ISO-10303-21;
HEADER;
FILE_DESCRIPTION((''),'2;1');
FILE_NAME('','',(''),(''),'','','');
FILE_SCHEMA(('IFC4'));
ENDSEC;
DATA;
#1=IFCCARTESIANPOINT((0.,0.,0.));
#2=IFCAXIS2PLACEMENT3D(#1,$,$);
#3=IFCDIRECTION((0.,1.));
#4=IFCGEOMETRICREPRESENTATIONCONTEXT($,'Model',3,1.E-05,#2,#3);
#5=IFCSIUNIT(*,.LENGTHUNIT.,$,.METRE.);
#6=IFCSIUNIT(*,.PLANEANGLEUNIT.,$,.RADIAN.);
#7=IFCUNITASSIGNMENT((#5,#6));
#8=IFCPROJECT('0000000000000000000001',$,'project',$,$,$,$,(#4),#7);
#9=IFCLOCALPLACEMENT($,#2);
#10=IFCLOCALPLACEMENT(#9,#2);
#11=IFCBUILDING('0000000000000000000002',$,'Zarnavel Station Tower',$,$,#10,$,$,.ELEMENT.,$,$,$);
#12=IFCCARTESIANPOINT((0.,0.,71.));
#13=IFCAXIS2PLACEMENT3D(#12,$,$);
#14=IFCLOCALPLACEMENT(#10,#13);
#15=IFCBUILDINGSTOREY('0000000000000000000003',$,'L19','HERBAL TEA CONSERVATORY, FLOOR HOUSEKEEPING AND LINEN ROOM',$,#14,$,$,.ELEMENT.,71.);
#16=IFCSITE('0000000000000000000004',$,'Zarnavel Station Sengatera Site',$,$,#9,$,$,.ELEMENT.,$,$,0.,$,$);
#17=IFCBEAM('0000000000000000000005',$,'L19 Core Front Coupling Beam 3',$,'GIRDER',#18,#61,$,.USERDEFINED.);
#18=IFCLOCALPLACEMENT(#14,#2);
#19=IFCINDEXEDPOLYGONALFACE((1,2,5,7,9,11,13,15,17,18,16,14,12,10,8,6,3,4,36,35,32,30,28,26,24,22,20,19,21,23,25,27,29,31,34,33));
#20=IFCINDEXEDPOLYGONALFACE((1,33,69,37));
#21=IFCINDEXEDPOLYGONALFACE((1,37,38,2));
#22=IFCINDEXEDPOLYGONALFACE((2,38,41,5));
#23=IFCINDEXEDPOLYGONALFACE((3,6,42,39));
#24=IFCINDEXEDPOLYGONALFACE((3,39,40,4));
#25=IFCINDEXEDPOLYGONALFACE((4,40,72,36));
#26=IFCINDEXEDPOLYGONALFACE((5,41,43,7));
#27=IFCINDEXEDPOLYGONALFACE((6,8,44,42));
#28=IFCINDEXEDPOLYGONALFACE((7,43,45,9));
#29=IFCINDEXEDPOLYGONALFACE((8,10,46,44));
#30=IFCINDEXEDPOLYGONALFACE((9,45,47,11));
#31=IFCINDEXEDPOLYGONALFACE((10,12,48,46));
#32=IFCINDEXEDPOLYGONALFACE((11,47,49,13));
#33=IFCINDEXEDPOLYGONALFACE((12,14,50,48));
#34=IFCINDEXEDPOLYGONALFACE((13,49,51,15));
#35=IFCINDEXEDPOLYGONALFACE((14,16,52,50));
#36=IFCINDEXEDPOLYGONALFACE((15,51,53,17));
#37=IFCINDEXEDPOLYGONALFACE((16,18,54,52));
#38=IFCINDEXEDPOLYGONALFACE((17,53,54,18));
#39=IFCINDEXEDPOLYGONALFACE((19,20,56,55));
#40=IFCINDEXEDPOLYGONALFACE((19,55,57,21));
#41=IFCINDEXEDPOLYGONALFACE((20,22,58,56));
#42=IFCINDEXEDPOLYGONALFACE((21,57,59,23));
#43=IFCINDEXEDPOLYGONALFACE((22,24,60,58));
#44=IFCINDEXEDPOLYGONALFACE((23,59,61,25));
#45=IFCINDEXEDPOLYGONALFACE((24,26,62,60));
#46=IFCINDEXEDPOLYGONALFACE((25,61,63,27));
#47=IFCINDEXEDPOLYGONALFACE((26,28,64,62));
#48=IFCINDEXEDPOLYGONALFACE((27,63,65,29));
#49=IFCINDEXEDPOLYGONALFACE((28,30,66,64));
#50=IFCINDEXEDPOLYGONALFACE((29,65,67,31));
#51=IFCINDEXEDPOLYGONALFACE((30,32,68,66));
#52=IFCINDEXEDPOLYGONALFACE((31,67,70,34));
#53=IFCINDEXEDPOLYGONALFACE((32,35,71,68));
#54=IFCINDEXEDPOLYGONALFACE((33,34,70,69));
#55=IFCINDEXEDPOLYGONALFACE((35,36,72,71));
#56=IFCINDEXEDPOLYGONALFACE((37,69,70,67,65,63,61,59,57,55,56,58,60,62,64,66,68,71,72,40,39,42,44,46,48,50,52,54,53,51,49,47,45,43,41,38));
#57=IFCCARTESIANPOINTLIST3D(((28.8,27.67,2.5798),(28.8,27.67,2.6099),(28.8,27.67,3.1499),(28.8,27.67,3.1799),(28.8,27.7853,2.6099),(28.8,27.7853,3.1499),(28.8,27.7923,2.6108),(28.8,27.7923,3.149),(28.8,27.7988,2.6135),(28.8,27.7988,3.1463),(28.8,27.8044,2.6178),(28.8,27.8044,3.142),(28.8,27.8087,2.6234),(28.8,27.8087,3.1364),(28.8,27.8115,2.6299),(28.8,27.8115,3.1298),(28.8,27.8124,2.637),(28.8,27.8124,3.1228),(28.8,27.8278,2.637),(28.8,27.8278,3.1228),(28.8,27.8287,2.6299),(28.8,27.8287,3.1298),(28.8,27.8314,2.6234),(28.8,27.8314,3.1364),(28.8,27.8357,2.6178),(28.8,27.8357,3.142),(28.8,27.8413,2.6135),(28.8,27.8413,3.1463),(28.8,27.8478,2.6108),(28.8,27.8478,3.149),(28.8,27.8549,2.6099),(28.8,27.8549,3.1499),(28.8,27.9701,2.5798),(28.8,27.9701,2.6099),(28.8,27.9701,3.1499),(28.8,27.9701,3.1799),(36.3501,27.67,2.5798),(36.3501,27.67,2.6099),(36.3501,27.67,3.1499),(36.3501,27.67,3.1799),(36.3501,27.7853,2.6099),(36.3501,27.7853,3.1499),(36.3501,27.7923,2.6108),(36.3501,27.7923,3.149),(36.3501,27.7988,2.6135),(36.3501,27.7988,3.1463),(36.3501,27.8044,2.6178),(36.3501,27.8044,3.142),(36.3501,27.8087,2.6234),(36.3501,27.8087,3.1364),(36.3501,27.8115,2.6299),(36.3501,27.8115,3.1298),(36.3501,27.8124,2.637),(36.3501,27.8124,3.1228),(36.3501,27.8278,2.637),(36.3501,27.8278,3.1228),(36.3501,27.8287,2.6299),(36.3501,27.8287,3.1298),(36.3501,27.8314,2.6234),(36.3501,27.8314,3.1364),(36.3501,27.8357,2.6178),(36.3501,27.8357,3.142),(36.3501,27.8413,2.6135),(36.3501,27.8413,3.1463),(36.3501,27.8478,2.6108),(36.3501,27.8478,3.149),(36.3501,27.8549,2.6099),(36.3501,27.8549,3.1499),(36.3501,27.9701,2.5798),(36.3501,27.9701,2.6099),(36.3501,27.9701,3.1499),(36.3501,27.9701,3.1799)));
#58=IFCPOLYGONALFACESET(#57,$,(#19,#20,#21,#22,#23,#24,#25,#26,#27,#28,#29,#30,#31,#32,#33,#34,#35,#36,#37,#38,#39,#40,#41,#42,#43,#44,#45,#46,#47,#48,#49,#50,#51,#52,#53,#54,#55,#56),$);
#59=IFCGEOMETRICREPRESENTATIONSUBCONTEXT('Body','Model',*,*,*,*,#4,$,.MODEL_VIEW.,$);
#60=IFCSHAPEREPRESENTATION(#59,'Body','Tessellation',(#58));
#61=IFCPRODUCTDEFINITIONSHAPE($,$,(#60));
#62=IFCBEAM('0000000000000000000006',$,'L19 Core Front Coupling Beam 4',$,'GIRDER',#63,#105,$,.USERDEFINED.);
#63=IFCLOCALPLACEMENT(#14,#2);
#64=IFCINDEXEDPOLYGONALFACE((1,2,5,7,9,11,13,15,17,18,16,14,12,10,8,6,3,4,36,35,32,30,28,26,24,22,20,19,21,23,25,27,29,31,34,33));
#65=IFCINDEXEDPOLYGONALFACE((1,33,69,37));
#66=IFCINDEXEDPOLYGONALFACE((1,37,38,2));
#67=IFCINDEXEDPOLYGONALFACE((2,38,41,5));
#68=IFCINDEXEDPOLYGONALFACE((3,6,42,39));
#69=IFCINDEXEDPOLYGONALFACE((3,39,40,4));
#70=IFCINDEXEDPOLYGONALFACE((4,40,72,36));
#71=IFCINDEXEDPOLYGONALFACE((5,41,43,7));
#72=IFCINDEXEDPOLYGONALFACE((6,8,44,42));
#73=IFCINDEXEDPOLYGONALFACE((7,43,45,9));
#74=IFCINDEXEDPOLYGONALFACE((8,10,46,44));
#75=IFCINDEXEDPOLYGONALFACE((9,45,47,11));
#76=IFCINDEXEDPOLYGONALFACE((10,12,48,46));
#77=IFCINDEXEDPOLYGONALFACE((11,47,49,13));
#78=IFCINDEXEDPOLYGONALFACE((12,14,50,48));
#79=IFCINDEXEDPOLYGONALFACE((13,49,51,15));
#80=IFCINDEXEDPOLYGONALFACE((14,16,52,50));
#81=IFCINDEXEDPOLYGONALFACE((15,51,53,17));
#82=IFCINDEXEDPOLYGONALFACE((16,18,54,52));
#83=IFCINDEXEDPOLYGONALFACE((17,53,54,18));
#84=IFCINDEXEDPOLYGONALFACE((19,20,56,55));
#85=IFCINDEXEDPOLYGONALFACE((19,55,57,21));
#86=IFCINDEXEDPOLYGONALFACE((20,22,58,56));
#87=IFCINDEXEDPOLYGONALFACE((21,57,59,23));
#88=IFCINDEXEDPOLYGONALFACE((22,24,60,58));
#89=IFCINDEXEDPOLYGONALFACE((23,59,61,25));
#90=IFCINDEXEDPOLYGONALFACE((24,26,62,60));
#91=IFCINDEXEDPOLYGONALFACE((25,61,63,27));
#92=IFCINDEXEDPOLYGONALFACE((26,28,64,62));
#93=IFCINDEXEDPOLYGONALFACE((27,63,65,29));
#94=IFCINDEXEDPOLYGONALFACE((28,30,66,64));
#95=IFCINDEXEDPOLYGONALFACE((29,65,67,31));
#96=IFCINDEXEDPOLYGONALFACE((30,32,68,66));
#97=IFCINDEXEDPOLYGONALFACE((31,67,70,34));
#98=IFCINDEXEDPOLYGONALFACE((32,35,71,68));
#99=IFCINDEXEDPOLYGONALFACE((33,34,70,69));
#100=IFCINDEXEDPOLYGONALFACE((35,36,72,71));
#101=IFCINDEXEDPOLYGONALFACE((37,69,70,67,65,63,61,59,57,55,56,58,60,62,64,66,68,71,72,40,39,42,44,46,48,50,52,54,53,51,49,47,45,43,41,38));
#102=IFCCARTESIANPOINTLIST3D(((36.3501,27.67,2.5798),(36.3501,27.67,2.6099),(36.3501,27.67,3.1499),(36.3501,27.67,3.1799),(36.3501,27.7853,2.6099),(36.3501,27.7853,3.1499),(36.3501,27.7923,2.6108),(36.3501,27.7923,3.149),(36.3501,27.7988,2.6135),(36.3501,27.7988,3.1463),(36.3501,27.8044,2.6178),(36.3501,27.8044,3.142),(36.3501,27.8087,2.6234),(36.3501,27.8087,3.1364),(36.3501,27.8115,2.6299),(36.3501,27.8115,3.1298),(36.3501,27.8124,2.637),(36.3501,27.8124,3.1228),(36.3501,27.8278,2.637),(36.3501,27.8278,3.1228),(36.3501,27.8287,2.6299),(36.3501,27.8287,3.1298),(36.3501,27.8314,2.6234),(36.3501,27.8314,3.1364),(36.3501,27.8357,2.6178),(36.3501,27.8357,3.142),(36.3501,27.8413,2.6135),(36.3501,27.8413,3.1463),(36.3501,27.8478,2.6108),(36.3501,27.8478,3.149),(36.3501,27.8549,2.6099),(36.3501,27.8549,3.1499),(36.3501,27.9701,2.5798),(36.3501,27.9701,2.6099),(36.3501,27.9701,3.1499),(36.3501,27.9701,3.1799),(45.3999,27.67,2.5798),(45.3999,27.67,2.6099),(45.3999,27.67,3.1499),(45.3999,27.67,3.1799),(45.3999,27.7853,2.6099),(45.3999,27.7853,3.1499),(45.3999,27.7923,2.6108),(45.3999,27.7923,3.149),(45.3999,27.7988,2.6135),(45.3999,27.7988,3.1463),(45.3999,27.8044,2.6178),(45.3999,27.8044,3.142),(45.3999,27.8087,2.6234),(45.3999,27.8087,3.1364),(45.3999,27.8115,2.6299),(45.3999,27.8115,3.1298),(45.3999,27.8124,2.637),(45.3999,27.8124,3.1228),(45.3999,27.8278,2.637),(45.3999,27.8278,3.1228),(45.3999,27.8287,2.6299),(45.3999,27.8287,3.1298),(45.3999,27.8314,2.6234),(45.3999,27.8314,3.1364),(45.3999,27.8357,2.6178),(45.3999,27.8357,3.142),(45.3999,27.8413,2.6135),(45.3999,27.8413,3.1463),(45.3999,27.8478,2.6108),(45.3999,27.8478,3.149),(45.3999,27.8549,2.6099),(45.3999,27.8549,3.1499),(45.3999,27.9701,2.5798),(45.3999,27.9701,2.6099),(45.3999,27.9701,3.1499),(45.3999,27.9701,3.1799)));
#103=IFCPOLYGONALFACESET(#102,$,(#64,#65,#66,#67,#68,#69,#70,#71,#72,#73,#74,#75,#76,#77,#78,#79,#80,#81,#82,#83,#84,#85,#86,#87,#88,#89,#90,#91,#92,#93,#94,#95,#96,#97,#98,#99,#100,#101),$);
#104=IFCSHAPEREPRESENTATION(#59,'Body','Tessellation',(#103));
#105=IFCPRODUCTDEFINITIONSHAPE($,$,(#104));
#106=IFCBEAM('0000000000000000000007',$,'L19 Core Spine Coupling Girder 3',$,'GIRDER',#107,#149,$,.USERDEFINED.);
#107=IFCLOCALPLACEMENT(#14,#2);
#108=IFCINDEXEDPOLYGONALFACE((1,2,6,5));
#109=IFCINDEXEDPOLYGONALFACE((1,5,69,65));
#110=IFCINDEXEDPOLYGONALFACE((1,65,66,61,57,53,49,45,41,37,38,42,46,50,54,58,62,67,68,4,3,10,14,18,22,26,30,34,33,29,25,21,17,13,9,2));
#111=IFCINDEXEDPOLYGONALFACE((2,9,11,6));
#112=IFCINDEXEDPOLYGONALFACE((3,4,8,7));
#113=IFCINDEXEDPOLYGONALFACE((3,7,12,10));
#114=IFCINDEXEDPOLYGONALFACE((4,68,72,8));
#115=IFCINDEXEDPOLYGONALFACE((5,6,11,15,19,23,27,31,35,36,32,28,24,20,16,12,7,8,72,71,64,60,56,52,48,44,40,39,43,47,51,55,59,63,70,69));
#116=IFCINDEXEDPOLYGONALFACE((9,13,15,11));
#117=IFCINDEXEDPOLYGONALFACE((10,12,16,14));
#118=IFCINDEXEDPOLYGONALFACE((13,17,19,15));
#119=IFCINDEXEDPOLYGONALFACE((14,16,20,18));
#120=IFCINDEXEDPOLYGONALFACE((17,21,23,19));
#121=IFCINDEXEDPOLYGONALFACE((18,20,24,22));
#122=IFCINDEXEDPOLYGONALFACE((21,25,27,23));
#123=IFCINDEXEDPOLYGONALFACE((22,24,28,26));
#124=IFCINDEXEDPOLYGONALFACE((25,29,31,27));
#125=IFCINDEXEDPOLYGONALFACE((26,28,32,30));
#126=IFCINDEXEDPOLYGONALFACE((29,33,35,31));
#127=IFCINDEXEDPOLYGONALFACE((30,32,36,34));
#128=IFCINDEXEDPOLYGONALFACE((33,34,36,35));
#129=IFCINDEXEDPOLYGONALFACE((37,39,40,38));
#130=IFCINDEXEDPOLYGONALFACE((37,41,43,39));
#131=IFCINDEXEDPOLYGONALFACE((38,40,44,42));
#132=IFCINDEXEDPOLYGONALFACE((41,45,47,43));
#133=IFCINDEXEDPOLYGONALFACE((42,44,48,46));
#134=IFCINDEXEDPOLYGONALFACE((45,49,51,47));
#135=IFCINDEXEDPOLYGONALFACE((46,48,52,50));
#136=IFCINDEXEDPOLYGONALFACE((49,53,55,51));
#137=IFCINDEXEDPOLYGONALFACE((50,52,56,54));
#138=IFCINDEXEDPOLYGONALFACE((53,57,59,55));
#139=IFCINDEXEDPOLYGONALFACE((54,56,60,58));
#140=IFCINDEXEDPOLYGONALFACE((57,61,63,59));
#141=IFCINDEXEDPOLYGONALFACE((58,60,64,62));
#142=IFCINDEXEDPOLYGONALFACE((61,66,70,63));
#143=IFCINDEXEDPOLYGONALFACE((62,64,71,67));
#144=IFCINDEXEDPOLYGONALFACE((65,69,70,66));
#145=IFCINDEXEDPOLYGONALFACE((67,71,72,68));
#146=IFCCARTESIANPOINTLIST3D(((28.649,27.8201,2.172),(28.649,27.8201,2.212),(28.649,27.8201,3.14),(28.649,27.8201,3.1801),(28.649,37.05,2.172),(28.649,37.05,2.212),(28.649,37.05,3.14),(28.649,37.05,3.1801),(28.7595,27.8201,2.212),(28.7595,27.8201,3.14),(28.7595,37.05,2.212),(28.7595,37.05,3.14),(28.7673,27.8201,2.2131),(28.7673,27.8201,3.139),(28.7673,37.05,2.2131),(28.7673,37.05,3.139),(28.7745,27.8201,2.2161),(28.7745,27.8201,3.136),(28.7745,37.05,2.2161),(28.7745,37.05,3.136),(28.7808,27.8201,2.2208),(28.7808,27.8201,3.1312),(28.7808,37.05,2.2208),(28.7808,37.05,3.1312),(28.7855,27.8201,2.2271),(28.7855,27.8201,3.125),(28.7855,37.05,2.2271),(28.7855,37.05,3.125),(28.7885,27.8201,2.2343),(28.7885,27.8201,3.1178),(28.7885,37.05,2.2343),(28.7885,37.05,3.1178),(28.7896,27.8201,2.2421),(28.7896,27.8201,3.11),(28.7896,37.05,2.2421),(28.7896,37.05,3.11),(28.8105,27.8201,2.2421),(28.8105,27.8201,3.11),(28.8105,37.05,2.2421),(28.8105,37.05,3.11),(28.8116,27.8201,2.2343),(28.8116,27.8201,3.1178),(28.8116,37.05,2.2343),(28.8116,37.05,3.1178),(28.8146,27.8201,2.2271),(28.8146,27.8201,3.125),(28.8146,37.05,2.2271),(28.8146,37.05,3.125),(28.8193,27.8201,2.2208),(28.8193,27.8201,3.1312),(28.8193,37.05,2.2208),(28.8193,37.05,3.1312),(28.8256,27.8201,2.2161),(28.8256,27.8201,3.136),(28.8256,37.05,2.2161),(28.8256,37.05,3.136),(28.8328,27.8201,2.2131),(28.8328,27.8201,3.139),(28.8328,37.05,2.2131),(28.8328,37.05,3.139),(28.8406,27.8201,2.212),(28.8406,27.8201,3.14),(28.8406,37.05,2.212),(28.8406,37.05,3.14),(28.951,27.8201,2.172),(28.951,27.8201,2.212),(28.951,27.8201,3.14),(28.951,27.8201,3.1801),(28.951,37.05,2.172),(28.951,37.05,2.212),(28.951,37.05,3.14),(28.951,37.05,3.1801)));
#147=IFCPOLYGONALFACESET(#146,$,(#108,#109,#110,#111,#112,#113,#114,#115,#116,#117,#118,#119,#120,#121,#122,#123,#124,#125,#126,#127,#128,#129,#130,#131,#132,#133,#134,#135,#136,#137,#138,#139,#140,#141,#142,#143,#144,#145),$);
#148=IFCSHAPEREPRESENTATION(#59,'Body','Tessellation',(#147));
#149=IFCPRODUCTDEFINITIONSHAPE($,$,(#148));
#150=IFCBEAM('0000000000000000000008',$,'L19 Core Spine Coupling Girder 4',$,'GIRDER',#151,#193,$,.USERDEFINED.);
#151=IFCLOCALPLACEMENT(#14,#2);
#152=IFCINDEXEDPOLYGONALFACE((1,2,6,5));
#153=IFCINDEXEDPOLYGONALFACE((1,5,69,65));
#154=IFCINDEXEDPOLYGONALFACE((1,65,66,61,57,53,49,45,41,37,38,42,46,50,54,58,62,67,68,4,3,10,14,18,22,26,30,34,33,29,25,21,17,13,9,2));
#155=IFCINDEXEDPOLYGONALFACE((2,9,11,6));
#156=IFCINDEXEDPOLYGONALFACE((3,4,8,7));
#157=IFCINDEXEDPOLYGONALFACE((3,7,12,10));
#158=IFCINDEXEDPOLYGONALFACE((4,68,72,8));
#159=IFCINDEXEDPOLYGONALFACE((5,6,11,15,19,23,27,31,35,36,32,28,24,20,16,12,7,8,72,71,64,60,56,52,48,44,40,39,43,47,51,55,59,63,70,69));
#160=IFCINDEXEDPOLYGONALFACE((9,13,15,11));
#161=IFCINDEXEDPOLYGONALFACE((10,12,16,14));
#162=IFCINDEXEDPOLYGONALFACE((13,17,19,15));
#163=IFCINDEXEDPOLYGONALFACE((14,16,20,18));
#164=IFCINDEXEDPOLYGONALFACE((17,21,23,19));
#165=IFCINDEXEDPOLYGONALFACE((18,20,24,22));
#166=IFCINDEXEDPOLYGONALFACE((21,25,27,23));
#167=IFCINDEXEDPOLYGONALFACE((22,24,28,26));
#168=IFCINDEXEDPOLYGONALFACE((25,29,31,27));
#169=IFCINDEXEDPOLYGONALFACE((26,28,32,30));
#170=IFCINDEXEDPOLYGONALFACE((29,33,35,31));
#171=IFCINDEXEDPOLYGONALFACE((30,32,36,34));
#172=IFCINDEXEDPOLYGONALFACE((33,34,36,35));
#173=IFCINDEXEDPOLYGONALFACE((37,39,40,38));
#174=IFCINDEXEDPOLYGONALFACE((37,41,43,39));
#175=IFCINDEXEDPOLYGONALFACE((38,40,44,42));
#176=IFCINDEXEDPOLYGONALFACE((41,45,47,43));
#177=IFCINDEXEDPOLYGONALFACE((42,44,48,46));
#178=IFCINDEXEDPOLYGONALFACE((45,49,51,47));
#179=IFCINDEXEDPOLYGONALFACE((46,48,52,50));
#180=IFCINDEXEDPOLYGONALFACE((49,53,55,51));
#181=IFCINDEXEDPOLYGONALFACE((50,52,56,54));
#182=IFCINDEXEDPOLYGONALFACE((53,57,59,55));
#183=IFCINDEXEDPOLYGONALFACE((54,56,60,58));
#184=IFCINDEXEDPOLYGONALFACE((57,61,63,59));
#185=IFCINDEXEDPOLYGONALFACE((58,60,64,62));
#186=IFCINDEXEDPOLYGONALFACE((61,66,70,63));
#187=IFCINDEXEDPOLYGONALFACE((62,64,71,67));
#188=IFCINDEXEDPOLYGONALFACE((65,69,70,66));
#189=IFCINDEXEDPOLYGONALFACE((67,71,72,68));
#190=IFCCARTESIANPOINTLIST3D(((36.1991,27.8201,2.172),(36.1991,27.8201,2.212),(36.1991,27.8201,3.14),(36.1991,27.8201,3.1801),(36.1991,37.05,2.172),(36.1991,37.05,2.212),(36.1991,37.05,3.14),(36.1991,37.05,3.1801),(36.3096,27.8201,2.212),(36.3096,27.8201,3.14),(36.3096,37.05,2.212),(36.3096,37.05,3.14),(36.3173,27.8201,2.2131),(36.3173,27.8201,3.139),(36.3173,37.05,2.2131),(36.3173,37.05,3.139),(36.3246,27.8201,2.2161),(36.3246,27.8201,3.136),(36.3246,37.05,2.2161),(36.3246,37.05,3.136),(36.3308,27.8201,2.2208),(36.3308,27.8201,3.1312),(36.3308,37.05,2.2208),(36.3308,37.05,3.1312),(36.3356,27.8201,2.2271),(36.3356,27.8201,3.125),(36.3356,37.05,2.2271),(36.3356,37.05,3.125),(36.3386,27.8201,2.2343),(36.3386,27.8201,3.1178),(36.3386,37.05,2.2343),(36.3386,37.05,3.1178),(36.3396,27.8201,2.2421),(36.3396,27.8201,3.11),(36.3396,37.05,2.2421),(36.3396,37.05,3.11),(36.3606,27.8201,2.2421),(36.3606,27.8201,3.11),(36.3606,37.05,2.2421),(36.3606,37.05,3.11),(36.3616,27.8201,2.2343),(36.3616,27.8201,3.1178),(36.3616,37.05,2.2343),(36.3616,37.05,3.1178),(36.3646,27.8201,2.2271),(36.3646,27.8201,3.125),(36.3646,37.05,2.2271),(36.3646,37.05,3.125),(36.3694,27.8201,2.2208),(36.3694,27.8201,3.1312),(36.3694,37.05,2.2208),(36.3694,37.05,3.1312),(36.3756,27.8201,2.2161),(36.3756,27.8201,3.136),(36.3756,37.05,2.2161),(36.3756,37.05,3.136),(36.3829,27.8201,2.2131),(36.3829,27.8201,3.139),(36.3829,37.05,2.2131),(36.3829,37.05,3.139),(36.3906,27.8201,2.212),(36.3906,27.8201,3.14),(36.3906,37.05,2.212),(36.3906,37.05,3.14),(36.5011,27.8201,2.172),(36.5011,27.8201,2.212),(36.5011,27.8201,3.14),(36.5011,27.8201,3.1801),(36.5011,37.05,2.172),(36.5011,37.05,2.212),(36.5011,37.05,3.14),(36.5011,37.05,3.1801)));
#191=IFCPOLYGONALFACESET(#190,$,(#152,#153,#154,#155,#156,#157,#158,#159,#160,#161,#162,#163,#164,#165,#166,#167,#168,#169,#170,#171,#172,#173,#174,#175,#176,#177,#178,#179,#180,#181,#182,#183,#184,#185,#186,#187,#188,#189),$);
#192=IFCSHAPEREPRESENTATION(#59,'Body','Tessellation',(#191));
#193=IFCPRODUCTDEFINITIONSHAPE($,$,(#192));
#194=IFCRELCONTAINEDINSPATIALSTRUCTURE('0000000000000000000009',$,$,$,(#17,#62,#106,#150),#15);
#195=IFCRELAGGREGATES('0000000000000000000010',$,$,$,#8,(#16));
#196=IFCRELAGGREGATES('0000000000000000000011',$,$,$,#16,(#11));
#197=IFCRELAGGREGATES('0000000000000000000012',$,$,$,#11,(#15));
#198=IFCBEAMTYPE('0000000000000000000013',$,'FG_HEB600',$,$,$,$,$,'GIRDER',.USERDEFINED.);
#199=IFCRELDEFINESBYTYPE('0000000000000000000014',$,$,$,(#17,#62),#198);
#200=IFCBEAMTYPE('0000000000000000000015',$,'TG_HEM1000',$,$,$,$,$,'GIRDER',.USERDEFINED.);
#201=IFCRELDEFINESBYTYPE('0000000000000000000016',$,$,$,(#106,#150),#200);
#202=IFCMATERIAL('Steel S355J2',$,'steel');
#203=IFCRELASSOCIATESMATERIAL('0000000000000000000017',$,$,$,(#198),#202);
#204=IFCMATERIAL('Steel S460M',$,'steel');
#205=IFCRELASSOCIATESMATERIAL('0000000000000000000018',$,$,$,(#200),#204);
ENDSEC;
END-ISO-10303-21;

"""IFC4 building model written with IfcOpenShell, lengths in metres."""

from ifc_helpers import new_model, si_unit, direction, frame, origin, origin_2d, place, context, subcontext, project, spatial, i_section, extrude, material, material_profile, profile_set, type_object, element, save


model = new_model("IFC4")

# Units and contexts
model_context = context("Model", 3, precision=1e-05, world=origin(), true_north=direction((0.0, 1.0)))
body_context = subcontext(model_context, "Body", "Model", "MODEL_VIEW")
ifc_project = project(units=[si_unit("LENGTHUNIT", "METRE"), si_unit("PLANEANGLEUNIT", "RADIAN")], contexts=[model_context])

# Site, building, storey
site_placement = place(None, origin())
site = spatial("IfcSite", under=ifc_project, at=site_placement, Name="Zarnavel Station Sengatera Site", CompositionType="ELEMENT", RefElevation=0.0)
building_placement = place(site_placement, origin())
building = spatial("IfcBuilding", under=site, at=building_placement, Name="Zarnavel Station Tower", CompositionType="ELEMENT")
storey_placement = place(building_placement, frame((0.0, 0.0, 71.0)))
storey = spatial("IfcBuildingStorey", under=building, at=storey_placement, Name="L19", Description="HERBAL TEA CONSERVATORY, FLOOR HOUSEKEEPING AND LINEN ROOM", CompositionType="ELEMENT", Elevation=71.0)

# Beams
ifc_material_1 = material(Name="Steel S355J2", Category="steel")
ifc_material_profile_1 = material_profile(ifc_material_1, i_section(OverallWidth=0.3, OverallDepth=0.6001, WebThickness=0.0154, FlangeThickness=0.03, FilletRadius=0.0271, at=origin_2d()), Name="HEB600")
ifc_profile_set_1 = profile_set([ifc_material_profile_1], Name="Steel S355J2")
beam_type_1 = type_object("IfcBeamType", Name="FG_HEB600", ElementType="GIRDER", PredefinedType="USERDEFINED", material=ifc_profile_set_1)
beam_1_placement = place(storey_placement, frame((28.8, 27.8201, 2.8799), z_axis=(1.0, 0.0, 0.0), x_axis=(0.0, 1.0, 0.0)))
element("IfcBeam", 1, at=beam_1_placement, inside=storey, type_object=beam_type_1, Name="L19 Core Front Coupling Beam 3", ObjectType="GIRDER", PredefinedType="USERDEFINED", context=body_context, shape_type="SweptSolid", body=[
    extrude(i_section(OverallWidth=0.3, OverallDepth=0.6001, WebThickness=0.0154, FlangeThickness=0.03, FilletRadius=0.0271, at=origin_2d()), origin(), (0.0, 0.0, 1.0), 7.55),
])
beam_2_placement = place(storey_placement, frame((36.3501, 27.8201, 2.8799), z_axis=(1.0, 0.0, 0.0), x_axis=(0.0, 1.0, 0.0)))
element("IfcBeam", 2, at=beam_2_placement, inside=storey, type_object=beam_type_1, Name="L19 Core Front Coupling Beam 4", ObjectType="GIRDER", PredefinedType="USERDEFINED", context=body_context, shape_type="SweptSolid", body=[
    extrude(i_section(OverallWidth=0.3, OverallDepth=0.6001, WebThickness=0.0154, FlangeThickness=0.03, FilletRadius=0.0271, at=origin_2d()), origin(), (0.0, 0.0, 1.0), 9.0498),
])
ifc_material_2 = material(Name="Steel S460M", Category="steel")
ifc_material_profile_2 = material_profile(ifc_material_2, i_section(OverallWidth=0.302, OverallDepth=1.0081, WebThickness=0.021, FlangeThickness=0.04, FilletRadius=0.03, at=origin_2d()), Name="HEM1000")
ifc_profile_set_2 = profile_set([ifc_material_profile_2], Name="Steel S460M")
beam_type_2 = type_object("IfcBeamType", Name="TG_HEM1000", ElementType="GIRDER", PredefinedType="USERDEFINED", material=ifc_profile_set_2)
for number, where, z_axis, x_axis, name in (
    (3, (28.8, 27.8201, 2.676), (0.0, 1.0, 0.0), (-1.0, 0.0, 0.0), "L19 Core Spine Coupling Girder 3"),
    (4, (36.3501, 27.8201, 2.676), (0.0, 1.0, 0.0), (-1.0, 0.0, 0.0), "L19 Core Spine Coupling Girder 4"),
):
    element("IfcBeam", number, at=place(storey_placement, frame(where, z_axis=z_axis, x_axis=x_axis)), inside=storey, type_object=beam_type_2, Name=name, ObjectType="GIRDER", PredefinedType="USERDEFINED", context=body_context, shape_type="SweptSolid", body=[
        extrude(i_section(OverallWidth=0.302, OverallDepth=1.0081, WebThickness=0.021, FlangeThickness=0.04, FilletRadius=0.03, at=origin_2d()), origin(), (0.0, 0.0, 1.0), 9.23),
    ])

save(model, "model.ifc")
